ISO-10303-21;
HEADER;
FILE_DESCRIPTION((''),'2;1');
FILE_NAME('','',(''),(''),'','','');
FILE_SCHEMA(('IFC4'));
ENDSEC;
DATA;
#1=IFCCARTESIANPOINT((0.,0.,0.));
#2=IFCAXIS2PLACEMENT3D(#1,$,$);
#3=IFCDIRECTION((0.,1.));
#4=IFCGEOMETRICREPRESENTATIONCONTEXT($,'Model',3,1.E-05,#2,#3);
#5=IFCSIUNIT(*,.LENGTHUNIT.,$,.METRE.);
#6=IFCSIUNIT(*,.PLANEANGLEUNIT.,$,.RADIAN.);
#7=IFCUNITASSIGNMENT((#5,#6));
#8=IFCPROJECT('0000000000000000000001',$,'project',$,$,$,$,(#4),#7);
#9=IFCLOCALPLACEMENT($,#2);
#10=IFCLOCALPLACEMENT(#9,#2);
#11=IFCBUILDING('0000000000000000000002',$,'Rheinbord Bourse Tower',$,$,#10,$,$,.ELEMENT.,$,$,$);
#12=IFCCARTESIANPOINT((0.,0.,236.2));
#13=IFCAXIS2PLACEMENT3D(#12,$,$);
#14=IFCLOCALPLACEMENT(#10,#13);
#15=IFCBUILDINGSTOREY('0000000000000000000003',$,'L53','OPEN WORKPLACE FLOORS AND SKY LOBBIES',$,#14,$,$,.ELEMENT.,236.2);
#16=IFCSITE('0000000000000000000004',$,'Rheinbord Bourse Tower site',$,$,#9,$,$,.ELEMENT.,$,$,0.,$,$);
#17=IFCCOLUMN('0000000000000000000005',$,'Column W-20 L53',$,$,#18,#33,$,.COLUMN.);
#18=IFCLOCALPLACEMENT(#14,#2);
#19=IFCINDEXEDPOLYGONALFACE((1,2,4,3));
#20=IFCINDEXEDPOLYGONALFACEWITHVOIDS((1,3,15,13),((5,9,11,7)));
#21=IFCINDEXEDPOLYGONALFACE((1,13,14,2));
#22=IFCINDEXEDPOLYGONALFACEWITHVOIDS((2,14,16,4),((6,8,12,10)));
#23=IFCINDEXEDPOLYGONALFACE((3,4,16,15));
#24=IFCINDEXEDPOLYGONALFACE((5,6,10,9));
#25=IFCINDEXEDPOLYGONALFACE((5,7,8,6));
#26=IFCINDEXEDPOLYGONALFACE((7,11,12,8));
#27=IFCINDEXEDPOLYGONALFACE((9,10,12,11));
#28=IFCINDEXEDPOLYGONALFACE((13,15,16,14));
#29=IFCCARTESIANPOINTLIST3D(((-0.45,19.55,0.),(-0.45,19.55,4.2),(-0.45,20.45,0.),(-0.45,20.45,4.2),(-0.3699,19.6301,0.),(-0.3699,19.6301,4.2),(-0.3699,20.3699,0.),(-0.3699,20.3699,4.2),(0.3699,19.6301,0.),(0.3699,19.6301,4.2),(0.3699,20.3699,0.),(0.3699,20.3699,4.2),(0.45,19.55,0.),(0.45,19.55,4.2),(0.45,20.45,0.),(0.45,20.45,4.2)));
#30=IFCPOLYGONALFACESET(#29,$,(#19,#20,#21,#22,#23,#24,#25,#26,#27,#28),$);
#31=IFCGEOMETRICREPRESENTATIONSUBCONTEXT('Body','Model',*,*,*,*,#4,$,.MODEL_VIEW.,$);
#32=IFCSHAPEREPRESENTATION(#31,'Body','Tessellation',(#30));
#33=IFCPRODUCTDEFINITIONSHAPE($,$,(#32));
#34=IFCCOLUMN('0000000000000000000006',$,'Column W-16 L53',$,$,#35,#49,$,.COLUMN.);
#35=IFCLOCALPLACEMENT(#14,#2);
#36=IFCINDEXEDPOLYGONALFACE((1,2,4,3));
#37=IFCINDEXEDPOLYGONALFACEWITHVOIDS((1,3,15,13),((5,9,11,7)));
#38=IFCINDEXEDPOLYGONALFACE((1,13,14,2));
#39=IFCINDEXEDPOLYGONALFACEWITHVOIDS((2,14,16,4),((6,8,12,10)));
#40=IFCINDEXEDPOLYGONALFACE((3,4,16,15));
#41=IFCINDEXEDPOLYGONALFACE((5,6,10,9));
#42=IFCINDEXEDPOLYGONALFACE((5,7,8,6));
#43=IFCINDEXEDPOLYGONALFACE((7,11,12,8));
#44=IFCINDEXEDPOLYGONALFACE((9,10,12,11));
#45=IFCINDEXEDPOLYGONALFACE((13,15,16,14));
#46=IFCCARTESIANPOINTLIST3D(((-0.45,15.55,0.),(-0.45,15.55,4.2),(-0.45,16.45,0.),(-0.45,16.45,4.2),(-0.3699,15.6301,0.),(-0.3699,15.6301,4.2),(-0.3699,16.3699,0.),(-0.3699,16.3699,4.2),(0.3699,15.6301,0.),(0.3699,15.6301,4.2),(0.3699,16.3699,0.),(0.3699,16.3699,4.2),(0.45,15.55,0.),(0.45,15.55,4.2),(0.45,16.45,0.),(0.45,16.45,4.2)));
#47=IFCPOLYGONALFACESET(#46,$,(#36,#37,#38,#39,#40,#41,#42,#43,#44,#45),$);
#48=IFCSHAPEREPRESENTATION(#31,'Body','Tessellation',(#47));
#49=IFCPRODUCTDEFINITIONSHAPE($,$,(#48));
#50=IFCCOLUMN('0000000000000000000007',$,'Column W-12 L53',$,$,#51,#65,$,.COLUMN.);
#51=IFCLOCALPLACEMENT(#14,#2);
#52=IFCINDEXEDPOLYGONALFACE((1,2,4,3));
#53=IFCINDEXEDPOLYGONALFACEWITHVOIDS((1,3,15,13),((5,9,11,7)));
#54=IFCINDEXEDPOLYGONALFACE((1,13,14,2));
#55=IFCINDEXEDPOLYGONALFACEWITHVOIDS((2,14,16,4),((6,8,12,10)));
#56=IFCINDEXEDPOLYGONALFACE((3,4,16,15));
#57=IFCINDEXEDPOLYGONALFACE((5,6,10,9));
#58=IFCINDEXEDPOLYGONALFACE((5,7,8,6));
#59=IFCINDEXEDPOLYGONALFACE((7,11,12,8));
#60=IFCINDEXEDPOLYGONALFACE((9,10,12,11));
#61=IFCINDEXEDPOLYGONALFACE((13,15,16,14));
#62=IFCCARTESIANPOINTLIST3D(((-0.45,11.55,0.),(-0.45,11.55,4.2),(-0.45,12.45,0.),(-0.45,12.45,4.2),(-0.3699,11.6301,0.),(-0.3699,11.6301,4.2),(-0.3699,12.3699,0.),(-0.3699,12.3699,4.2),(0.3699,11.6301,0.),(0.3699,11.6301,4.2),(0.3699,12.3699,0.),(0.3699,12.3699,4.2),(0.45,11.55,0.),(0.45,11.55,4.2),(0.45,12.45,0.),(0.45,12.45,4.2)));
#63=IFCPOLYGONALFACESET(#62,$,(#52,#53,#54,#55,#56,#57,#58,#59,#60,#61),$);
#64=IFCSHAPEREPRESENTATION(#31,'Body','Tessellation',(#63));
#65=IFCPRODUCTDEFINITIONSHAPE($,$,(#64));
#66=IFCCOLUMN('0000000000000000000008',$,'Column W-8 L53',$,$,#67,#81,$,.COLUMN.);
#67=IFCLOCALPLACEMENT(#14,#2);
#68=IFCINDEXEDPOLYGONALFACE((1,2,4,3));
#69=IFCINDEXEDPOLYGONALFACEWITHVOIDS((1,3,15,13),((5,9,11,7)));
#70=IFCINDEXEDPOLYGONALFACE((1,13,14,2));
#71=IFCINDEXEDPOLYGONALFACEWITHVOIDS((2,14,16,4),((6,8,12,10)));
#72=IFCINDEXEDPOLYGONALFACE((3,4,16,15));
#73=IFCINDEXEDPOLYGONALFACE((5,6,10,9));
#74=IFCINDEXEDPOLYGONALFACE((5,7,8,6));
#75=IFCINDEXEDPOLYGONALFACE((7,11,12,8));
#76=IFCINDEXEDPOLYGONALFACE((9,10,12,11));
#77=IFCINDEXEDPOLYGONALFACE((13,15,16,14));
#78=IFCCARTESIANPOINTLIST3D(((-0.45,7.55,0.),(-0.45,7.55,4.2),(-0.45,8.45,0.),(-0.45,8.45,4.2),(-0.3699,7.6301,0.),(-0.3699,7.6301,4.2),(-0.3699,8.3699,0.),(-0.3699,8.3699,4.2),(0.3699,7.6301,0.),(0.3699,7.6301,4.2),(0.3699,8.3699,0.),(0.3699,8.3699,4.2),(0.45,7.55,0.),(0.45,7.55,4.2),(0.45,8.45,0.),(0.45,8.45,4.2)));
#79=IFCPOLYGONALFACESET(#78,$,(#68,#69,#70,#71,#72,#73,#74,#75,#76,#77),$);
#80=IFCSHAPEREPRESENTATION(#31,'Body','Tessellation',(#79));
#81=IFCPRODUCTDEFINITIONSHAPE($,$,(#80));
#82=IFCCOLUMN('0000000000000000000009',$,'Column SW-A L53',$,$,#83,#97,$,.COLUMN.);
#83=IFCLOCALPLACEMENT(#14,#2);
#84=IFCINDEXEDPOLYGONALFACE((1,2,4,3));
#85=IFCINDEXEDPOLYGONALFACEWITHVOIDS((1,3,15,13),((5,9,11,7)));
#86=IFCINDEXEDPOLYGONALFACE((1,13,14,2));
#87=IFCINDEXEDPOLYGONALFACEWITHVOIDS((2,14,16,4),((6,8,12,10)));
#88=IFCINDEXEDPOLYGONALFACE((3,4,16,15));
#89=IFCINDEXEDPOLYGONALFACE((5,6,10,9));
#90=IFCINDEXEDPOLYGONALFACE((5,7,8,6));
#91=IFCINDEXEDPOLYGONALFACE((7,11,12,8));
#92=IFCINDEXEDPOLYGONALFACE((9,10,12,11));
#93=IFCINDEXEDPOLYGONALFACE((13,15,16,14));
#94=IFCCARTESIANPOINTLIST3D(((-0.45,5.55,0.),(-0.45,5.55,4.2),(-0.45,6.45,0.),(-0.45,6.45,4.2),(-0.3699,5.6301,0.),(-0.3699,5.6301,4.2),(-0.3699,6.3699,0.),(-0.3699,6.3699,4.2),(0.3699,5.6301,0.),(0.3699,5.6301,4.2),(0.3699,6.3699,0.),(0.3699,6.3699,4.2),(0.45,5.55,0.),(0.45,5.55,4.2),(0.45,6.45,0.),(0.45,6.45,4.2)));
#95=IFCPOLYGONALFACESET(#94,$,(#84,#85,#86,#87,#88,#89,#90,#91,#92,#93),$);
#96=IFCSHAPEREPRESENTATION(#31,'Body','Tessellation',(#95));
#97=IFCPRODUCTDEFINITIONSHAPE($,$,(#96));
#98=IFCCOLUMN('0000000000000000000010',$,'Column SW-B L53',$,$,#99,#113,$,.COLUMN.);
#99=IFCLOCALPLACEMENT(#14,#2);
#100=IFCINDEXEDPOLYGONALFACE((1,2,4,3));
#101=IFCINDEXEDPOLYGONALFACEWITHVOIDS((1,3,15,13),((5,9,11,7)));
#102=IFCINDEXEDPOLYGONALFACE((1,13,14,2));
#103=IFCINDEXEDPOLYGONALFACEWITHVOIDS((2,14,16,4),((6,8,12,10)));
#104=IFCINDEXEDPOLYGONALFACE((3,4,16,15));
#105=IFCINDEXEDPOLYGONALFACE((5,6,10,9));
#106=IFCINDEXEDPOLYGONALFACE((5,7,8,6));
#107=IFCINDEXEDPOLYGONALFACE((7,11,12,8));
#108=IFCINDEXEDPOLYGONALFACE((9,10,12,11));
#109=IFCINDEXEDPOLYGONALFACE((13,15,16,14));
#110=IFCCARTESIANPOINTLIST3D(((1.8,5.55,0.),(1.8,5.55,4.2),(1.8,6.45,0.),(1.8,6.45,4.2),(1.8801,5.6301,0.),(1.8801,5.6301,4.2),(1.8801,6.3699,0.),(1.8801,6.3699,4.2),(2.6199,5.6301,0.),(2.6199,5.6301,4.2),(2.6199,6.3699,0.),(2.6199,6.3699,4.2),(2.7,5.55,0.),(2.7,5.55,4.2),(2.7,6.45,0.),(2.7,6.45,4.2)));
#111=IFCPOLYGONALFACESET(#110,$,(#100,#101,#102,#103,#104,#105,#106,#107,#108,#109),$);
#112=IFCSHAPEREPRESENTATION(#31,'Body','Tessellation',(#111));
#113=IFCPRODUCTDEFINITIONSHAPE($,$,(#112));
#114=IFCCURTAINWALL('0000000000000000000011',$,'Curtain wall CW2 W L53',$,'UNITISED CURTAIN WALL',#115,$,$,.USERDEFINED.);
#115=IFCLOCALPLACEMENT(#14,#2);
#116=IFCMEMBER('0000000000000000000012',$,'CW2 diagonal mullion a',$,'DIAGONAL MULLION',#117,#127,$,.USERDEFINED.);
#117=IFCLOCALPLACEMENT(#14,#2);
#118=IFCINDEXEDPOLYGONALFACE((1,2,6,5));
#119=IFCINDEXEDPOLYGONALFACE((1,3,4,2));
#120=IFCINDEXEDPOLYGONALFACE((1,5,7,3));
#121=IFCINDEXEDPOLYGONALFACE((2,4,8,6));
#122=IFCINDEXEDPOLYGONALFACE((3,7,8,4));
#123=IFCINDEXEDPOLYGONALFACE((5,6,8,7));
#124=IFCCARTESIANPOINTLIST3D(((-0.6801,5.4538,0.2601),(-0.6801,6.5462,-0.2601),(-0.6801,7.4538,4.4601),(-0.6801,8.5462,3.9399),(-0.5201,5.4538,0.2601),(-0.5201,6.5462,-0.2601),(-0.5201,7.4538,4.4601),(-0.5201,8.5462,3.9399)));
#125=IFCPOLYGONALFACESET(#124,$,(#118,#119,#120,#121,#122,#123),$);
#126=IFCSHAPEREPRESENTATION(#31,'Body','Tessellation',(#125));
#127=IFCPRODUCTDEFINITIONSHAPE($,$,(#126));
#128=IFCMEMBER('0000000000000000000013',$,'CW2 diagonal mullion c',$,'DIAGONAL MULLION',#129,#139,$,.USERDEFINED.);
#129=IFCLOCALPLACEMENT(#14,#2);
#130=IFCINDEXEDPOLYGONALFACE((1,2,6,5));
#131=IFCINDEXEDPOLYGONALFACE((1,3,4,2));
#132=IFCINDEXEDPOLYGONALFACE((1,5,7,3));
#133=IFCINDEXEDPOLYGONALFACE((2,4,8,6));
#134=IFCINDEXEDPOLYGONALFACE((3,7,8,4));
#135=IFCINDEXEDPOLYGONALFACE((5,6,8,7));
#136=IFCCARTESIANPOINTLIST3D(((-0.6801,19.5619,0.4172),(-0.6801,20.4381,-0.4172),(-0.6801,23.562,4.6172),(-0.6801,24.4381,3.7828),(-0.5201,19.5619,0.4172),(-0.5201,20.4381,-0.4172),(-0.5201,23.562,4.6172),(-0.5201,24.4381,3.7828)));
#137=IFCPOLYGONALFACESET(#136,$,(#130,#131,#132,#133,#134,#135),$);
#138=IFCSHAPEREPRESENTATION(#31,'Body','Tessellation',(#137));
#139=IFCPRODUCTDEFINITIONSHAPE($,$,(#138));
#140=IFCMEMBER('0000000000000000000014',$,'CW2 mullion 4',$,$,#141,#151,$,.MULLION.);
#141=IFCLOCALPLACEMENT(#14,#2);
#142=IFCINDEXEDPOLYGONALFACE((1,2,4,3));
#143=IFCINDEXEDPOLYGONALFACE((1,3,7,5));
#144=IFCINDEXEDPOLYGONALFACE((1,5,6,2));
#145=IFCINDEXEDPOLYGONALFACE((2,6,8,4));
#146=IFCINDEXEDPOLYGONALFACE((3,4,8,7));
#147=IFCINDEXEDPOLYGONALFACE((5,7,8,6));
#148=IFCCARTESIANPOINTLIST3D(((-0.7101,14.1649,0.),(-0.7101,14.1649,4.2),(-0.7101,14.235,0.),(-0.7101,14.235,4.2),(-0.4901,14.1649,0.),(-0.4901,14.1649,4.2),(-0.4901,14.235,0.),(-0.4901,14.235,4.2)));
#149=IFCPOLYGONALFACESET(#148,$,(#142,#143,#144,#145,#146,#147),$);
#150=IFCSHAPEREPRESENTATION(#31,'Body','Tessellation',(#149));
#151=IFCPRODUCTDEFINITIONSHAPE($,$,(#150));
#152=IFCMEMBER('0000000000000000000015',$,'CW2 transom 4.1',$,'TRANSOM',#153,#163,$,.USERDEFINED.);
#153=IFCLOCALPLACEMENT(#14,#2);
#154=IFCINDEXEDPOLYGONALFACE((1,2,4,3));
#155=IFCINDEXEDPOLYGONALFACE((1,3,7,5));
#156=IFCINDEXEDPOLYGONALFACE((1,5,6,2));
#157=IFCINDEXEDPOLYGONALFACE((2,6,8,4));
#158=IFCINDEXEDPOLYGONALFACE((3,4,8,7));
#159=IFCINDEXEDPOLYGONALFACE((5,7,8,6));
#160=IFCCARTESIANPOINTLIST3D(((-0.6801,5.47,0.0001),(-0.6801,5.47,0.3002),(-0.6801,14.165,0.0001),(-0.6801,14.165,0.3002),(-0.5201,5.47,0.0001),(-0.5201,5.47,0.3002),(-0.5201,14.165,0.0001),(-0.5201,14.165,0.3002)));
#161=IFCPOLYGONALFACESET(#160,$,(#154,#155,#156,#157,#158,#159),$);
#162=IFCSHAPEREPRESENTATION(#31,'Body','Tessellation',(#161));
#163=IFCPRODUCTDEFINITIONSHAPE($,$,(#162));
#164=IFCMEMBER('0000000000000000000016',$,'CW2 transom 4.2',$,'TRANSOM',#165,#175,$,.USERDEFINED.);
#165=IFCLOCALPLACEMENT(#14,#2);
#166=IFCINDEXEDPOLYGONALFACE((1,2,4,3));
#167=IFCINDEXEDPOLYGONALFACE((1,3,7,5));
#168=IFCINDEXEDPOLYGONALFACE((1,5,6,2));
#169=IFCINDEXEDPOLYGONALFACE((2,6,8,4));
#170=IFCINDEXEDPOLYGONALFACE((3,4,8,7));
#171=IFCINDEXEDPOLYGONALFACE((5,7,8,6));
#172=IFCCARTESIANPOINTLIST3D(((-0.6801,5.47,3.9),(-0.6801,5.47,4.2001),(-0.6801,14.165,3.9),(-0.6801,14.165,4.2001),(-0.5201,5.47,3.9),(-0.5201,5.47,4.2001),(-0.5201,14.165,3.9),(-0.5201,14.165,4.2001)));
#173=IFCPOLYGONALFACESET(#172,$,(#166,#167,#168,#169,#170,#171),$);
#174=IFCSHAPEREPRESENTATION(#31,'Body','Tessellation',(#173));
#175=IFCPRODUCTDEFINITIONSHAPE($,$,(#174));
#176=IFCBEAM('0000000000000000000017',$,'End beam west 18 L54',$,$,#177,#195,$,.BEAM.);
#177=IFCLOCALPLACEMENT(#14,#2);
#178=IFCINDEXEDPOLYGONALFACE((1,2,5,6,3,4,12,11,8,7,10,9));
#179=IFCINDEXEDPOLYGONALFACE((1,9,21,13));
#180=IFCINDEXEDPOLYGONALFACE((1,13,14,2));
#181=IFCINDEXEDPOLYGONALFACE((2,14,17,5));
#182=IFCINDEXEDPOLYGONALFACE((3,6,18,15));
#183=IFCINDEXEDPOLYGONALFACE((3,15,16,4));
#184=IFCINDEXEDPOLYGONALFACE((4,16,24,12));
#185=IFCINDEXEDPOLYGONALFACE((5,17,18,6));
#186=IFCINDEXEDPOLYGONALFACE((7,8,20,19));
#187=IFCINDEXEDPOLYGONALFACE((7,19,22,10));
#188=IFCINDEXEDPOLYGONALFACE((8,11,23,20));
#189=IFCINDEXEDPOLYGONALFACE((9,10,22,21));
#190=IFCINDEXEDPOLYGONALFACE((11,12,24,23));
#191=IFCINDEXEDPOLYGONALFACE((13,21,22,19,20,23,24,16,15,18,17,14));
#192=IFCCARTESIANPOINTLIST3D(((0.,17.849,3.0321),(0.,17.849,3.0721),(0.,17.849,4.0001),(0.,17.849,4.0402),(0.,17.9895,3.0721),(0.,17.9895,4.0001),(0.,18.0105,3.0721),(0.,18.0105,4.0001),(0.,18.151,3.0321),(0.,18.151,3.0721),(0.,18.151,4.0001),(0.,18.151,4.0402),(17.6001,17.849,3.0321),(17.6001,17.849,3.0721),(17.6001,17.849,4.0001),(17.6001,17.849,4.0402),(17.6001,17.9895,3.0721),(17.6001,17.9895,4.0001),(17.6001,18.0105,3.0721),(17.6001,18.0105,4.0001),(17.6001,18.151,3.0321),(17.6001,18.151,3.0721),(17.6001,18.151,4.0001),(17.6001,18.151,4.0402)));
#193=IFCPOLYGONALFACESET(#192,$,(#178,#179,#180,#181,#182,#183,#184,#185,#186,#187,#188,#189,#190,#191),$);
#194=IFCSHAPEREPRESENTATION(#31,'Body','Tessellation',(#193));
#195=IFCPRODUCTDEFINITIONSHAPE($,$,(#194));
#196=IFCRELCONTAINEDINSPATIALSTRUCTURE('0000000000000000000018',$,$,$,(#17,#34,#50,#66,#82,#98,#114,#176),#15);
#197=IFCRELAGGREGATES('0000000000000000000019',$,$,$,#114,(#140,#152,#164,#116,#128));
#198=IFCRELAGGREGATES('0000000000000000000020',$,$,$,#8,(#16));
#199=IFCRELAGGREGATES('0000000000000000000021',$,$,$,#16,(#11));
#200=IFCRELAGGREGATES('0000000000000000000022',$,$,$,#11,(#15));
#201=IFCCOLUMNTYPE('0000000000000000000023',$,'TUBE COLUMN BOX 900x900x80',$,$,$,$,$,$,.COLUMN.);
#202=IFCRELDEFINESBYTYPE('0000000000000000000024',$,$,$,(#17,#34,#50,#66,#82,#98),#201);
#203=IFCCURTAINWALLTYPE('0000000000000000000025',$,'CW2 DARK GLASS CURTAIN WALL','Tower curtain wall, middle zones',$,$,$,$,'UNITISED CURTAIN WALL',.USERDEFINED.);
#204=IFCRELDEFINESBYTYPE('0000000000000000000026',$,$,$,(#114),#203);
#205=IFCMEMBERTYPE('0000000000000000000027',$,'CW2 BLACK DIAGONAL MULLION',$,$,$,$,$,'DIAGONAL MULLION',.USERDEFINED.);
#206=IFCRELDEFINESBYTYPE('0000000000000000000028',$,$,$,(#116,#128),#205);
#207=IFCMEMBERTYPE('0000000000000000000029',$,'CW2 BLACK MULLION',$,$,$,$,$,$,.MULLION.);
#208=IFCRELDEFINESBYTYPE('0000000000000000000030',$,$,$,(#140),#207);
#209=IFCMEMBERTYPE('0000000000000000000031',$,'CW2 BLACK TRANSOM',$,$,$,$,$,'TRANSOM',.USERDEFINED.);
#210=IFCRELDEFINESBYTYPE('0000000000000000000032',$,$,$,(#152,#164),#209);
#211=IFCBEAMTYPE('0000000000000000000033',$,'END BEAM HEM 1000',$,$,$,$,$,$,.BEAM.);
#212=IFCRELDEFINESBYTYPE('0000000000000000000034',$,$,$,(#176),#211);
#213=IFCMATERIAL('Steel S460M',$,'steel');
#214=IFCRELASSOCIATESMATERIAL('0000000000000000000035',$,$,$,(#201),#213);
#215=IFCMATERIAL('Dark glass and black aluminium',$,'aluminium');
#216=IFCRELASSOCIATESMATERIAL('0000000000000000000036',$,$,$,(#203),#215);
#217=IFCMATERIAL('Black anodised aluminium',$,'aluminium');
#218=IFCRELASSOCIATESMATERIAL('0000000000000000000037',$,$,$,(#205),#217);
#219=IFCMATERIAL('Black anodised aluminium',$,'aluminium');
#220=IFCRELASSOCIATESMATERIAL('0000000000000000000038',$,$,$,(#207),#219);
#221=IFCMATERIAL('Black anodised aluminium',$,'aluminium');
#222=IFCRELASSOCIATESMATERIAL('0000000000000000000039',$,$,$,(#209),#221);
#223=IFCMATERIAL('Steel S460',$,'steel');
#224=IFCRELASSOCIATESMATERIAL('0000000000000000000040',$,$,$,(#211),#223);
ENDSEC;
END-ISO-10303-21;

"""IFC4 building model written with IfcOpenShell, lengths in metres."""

from ifc_helpers import new_model, si_unit, direction, frame, origin, origin_2d, place, context, subcontext, project, spatial, rectangle, hollow_rectangle, i_section, extrude, material, material_profile, profile_set, type_object, element, aggregate, save


model = new_model("IFC4")

# Units and contexts
model_context = context("Model", 3, precision=1e-05, world=origin(), true_north=direction((0.0, 1.0)))
body_context = subcontext(model_context, "Body", "Model", "MODEL_VIEW")
ifc_project = project(units=[si_unit("LENGTHUNIT", "METRE"), si_unit("PLANEANGLEUNIT", "RADIAN")], contexts=[model_context])

# Site, building, storey
site_placement = place(None, origin())
site = spatial("IfcSite", under=ifc_project, at=site_placement, Name="Rheinbord Bourse Tower site", CompositionType="ELEMENT", RefElevation=0.0)
building_placement = place(site_placement, origin())
building = spatial("IfcBuilding", under=site, at=building_placement, Name="Rheinbord Bourse Tower", CompositionType="ELEMENT")
storey_placement = place(building_placement, frame((0.0, 0.0, 236.2)))
storey = spatial("IfcBuildingStorey", under=building, at=storey_placement, Name="L53", Description="OPEN WORKPLACE FLOORS AND SKY LOBBIES", CompositionType="ELEMENT", Elevation=236.2)

# Columns
ifc_material_1 = material(Name="Steel S460M", Category="steel")
ifc_material_profile_1 = material_profile(ifc_material_1, hollow_rectangle(XDim=0.8999, YDim=0.8999, WallThickness=0.0801, at=origin_2d()), Name="BOX 900x900x80")
ifc_profile_set_1 = profile_set([ifc_material_profile_1], Name="Steel S460M")
column_type = type_object("IfcColumnType", Name="TUBE COLUMN BOX 900x900x80", PredefinedType="COLUMN", material=ifc_profile_set_1)
for number, where, z_axis, x_axis, name in (
    (1, (0.0, 20.0, 0.0), (0.0, 0.0, 1.0), (1.0, 0.0, 0.0), "Column W-20 L53"),
    (2, (0.0, 16.0, 0.0), (0.0, 0.0, 1.0), (1.0, 0.0, 0.0), "Column W-16 L53"),
    (3, (0.0, 12.0, 0.0), (0.0, 0.0, 1.0), (1.0, 0.0, 0.0), "Column W-12 L53"),
    (4, (0.0, 8.0, 0.0), (0.0, 0.0, 1.0), (1.0, 0.0, 0.0), "Column W-8 L53"),
    (5, (0.0, 6.0, 0.0), (0.0, 0.0, 1.0), (1.0, 0.0, 0.0), "Column SW-A L53"),
    (6, (2.25, 6.0, 0.0), (0.0, 0.0, 1.0), (1.0, 0.0, 0.0), "Column SW-B L53"),
):
    element("IfcColumn", number, at=place(storey_placement, frame(where, z_axis=z_axis, x_axis=x_axis)), inside=storey, type_object=column_type, Name=name, PredefinedType="COLUMN", context=body_context, shape_type="SweptSolid", body=[
        extrude(hollow_rectangle(XDim=0.8999, YDim=0.8999, WallThickness=0.0801, at=origin_2d()), origin(), (0.0, 0.0, 1.0), 4.2),
    ])

# Curtain wall, members
ifc_material_2 = material(Name="Dark glass and black aluminium", Category="aluminium")
curtain_wall_type = type_object("IfcCurtainWallType", Name="CW2 DARK GLASS CURTAIN WALL", Description="Tower curtain wall, middle zones", ElementType="UNITISED CURTAIN WALL", PredefinedType="USERDEFINED", material=ifc_material_2)
curtain_wall_placement = place(storey_placement, origin())
curtain_wall = element("IfcCurtainWall", 7, at=curtain_wall_placement, inside=storey, type_object=curtain_wall_type, Name="Curtain wall CW2 W L53", ObjectType="UNITISED CURTAIN WALL", PredefinedType="USERDEFINED")
ifc_material_3 = material(Name="Black anodised aluminium", Category="aluminium")
ifc_material_profile_2 = material_profile(ifc_material_3, rectangle(XDim=0.1599, YDim=1.21, at=origin_2d()), Name="CW2 DIAGONAL MULLION 1210x160")
ifc_profile_set_2 = profile_set([ifc_material_profile_2], Name="Black anodised aluminium")
member_type_1 = type_object("IfcMemberType", Name="CW2 BLACK DIAGONAL MULLION", ElementType="DIAGONAL MULLION", PredefinedType="USERDEFINED", material=ifc_profile_set_2)
member_1_placement = place(storey_placement, frame((-0.6001, 6.0, 0.0), z_axis=(0.0, 0.429938, 0.902859), x_axis=(-1.0, 0.0, 0.0)))
member_1 = element("IfcMember", 8, at=member_1_placement, type_object=member_type_1, Name="CW2 diagonal mullion a", ObjectType="DIAGONAL MULLION", PredefinedType="USERDEFINED", context=body_context, shape_type="SweptSolid", body=[
    extrude(rectangle(XDim=0.1599, YDim=1.21, at=origin_2d()), origin(), (0.0, 0.0, 1.0), 4.6519),
])
member_2_placement = place(storey_placement, frame((-0.6001, 20.0, 0.0), z_axis=(0.0, 0.689659, 0.724134), x_axis=(-1.0, 0.0, 0.0)))
member_2 = element("IfcMember", 9, at=member_2_placement, type_object=member_type_1, Name="CW2 diagonal mullion c", ObjectType="DIAGONAL MULLION", PredefinedType="USERDEFINED", context=body_context, shape_type="SweptSolid", body=[
    extrude(rectangle(XDim=0.1599, YDim=1.21, at=origin_2d()), origin(), (0.0, 0.0, 1.0), 5.8),
])
ifc_material_4 = material(Name="Black anodised aluminium", Category="aluminium")
ifc_material_profile_3 = material_profile(ifc_material_4, rectangle(XDim=0.22, YDim=0.0701, at=origin_2d()), Name="CW2 MULLION 70x220")
ifc_profile_set_3 = profile_set([ifc_material_profile_3], Name="Black anodised aluminium")
member_type_2 = type_object("IfcMemberType", Name="CW2 BLACK MULLION", PredefinedType="MULLION", material=ifc_profile_set_3)
member_3_placement = place(storey_placement, frame((-0.6001, 14.2, 0.0), z_axis=(0.0, 0.0, 1.0), x_axis=(1.0, 0.0, 0.0)))
member_3 = element("IfcMember", 10, at=member_3_placement, type_object=member_type_2, Name="CW2 mullion 4", PredefinedType="MULLION", context=body_context, shape_type="SweptSolid", body=[
    extrude(rectangle(XDim=0.22, YDim=0.0701, at=origin_2d()), origin(), (0.0, 0.0, 1.0), 4.2),
])
ifc_material_5 = material(Name="Black anodised aluminium", Category="aluminium")
ifc_material_profile_4 = material_profile(ifc_material_5, rectangle(XDim=0.1599, YDim=0.3, at=origin_2d()), Name="CW2 TRANSOM 300x160")
ifc_profile_set_4 = profile_set([ifc_material_profile_4], Name="Black anodised aluminium")
member_type_3 = type_object("IfcMemberType", Name="CW2 BLACK TRANSOM", ElementType="TRANSOM", PredefinedType="USERDEFINED", material=ifc_profile_set_4)
member_4_placement = place(storey_placement, frame((-0.6001, 14.165, 0.1501), z_axis=(0.0, -1.0, 0.0), x_axis=(1.0, 0.0, 0.0)))
member_4 = element("IfcMember", 11, at=member_4_placement, type_object=member_type_3, Name="CW2 transom 4.1", ObjectType="TRANSOM", PredefinedType="USERDEFINED", context=body_context, shape_type="SweptSolid", body=[
    extrude(rectangle(XDim=0.1599, YDim=0.3, at=origin_2d()), origin(), (0.0, 0.0, 1.0), 8.6951),
])
member_5_placement = place(storey_placement, frame((-0.6001, 14.165, 4.05), z_axis=(0.0, -1.0, 0.0), x_axis=(1.0, 0.0, 0.0)))
member_5 = element("IfcMember", 12, at=member_5_placement, type_object=member_type_3, Name="CW2 transom 4.2", ObjectType="TRANSOM", PredefinedType="USERDEFINED", context=body_context, shape_type="SweptSolid", body=[
    extrude(rectangle(XDim=0.1599, YDim=0.3, at=origin_2d()), origin(), (0.0, 0.0, 1.0), 8.6951),
])

# Beam
ifc_material_6 = material(Name="Steel S460", Category="steel")
ifc_material_profile_5 = material_profile(ifc_material_6, i_section(OverallWidth=0.302, OverallDepth=1.0081, WebThickness=0.021, FlangeThickness=0.04, at=origin_2d()), Name="HEM 1000")
ifc_profile_set_5 = profile_set([ifc_material_profile_5], Name="Steel S460")
beam_type_1 = type_object("IfcBeamType", Name="END BEAM HEM 1000", PredefinedType="BEAM", material=ifc_profile_set_5)
for number, where, z_axis, x_axis, name in (
    (13, (0.0, 18.0, 3.5361), (1.0, 0.0, 0.0), (0.0, 1.0, 0.0), "End beam west 18 L54"),
):
    element("IfcBeam", number, at=place(storey_placement, frame(where, z_axis=z_axis, x_axis=x_axis)), inside=storey, type_object=beam_type_1, Name=name, PredefinedType="BEAM", context=body_context, shape_type="SweptSolid", body=[
        extrude(i_section(OverallWidth=0.302, OverallDepth=1.0081, WebThickness=0.021, FlangeThickness=0.04, at=origin_2d()), origin(), (0.0, 0.0, 1.0), 17.6001),
    ])

aggregate(curtain_wall, [member_3, member_4, member_5, member_1, member_2])

save(model, "model.ifc")
